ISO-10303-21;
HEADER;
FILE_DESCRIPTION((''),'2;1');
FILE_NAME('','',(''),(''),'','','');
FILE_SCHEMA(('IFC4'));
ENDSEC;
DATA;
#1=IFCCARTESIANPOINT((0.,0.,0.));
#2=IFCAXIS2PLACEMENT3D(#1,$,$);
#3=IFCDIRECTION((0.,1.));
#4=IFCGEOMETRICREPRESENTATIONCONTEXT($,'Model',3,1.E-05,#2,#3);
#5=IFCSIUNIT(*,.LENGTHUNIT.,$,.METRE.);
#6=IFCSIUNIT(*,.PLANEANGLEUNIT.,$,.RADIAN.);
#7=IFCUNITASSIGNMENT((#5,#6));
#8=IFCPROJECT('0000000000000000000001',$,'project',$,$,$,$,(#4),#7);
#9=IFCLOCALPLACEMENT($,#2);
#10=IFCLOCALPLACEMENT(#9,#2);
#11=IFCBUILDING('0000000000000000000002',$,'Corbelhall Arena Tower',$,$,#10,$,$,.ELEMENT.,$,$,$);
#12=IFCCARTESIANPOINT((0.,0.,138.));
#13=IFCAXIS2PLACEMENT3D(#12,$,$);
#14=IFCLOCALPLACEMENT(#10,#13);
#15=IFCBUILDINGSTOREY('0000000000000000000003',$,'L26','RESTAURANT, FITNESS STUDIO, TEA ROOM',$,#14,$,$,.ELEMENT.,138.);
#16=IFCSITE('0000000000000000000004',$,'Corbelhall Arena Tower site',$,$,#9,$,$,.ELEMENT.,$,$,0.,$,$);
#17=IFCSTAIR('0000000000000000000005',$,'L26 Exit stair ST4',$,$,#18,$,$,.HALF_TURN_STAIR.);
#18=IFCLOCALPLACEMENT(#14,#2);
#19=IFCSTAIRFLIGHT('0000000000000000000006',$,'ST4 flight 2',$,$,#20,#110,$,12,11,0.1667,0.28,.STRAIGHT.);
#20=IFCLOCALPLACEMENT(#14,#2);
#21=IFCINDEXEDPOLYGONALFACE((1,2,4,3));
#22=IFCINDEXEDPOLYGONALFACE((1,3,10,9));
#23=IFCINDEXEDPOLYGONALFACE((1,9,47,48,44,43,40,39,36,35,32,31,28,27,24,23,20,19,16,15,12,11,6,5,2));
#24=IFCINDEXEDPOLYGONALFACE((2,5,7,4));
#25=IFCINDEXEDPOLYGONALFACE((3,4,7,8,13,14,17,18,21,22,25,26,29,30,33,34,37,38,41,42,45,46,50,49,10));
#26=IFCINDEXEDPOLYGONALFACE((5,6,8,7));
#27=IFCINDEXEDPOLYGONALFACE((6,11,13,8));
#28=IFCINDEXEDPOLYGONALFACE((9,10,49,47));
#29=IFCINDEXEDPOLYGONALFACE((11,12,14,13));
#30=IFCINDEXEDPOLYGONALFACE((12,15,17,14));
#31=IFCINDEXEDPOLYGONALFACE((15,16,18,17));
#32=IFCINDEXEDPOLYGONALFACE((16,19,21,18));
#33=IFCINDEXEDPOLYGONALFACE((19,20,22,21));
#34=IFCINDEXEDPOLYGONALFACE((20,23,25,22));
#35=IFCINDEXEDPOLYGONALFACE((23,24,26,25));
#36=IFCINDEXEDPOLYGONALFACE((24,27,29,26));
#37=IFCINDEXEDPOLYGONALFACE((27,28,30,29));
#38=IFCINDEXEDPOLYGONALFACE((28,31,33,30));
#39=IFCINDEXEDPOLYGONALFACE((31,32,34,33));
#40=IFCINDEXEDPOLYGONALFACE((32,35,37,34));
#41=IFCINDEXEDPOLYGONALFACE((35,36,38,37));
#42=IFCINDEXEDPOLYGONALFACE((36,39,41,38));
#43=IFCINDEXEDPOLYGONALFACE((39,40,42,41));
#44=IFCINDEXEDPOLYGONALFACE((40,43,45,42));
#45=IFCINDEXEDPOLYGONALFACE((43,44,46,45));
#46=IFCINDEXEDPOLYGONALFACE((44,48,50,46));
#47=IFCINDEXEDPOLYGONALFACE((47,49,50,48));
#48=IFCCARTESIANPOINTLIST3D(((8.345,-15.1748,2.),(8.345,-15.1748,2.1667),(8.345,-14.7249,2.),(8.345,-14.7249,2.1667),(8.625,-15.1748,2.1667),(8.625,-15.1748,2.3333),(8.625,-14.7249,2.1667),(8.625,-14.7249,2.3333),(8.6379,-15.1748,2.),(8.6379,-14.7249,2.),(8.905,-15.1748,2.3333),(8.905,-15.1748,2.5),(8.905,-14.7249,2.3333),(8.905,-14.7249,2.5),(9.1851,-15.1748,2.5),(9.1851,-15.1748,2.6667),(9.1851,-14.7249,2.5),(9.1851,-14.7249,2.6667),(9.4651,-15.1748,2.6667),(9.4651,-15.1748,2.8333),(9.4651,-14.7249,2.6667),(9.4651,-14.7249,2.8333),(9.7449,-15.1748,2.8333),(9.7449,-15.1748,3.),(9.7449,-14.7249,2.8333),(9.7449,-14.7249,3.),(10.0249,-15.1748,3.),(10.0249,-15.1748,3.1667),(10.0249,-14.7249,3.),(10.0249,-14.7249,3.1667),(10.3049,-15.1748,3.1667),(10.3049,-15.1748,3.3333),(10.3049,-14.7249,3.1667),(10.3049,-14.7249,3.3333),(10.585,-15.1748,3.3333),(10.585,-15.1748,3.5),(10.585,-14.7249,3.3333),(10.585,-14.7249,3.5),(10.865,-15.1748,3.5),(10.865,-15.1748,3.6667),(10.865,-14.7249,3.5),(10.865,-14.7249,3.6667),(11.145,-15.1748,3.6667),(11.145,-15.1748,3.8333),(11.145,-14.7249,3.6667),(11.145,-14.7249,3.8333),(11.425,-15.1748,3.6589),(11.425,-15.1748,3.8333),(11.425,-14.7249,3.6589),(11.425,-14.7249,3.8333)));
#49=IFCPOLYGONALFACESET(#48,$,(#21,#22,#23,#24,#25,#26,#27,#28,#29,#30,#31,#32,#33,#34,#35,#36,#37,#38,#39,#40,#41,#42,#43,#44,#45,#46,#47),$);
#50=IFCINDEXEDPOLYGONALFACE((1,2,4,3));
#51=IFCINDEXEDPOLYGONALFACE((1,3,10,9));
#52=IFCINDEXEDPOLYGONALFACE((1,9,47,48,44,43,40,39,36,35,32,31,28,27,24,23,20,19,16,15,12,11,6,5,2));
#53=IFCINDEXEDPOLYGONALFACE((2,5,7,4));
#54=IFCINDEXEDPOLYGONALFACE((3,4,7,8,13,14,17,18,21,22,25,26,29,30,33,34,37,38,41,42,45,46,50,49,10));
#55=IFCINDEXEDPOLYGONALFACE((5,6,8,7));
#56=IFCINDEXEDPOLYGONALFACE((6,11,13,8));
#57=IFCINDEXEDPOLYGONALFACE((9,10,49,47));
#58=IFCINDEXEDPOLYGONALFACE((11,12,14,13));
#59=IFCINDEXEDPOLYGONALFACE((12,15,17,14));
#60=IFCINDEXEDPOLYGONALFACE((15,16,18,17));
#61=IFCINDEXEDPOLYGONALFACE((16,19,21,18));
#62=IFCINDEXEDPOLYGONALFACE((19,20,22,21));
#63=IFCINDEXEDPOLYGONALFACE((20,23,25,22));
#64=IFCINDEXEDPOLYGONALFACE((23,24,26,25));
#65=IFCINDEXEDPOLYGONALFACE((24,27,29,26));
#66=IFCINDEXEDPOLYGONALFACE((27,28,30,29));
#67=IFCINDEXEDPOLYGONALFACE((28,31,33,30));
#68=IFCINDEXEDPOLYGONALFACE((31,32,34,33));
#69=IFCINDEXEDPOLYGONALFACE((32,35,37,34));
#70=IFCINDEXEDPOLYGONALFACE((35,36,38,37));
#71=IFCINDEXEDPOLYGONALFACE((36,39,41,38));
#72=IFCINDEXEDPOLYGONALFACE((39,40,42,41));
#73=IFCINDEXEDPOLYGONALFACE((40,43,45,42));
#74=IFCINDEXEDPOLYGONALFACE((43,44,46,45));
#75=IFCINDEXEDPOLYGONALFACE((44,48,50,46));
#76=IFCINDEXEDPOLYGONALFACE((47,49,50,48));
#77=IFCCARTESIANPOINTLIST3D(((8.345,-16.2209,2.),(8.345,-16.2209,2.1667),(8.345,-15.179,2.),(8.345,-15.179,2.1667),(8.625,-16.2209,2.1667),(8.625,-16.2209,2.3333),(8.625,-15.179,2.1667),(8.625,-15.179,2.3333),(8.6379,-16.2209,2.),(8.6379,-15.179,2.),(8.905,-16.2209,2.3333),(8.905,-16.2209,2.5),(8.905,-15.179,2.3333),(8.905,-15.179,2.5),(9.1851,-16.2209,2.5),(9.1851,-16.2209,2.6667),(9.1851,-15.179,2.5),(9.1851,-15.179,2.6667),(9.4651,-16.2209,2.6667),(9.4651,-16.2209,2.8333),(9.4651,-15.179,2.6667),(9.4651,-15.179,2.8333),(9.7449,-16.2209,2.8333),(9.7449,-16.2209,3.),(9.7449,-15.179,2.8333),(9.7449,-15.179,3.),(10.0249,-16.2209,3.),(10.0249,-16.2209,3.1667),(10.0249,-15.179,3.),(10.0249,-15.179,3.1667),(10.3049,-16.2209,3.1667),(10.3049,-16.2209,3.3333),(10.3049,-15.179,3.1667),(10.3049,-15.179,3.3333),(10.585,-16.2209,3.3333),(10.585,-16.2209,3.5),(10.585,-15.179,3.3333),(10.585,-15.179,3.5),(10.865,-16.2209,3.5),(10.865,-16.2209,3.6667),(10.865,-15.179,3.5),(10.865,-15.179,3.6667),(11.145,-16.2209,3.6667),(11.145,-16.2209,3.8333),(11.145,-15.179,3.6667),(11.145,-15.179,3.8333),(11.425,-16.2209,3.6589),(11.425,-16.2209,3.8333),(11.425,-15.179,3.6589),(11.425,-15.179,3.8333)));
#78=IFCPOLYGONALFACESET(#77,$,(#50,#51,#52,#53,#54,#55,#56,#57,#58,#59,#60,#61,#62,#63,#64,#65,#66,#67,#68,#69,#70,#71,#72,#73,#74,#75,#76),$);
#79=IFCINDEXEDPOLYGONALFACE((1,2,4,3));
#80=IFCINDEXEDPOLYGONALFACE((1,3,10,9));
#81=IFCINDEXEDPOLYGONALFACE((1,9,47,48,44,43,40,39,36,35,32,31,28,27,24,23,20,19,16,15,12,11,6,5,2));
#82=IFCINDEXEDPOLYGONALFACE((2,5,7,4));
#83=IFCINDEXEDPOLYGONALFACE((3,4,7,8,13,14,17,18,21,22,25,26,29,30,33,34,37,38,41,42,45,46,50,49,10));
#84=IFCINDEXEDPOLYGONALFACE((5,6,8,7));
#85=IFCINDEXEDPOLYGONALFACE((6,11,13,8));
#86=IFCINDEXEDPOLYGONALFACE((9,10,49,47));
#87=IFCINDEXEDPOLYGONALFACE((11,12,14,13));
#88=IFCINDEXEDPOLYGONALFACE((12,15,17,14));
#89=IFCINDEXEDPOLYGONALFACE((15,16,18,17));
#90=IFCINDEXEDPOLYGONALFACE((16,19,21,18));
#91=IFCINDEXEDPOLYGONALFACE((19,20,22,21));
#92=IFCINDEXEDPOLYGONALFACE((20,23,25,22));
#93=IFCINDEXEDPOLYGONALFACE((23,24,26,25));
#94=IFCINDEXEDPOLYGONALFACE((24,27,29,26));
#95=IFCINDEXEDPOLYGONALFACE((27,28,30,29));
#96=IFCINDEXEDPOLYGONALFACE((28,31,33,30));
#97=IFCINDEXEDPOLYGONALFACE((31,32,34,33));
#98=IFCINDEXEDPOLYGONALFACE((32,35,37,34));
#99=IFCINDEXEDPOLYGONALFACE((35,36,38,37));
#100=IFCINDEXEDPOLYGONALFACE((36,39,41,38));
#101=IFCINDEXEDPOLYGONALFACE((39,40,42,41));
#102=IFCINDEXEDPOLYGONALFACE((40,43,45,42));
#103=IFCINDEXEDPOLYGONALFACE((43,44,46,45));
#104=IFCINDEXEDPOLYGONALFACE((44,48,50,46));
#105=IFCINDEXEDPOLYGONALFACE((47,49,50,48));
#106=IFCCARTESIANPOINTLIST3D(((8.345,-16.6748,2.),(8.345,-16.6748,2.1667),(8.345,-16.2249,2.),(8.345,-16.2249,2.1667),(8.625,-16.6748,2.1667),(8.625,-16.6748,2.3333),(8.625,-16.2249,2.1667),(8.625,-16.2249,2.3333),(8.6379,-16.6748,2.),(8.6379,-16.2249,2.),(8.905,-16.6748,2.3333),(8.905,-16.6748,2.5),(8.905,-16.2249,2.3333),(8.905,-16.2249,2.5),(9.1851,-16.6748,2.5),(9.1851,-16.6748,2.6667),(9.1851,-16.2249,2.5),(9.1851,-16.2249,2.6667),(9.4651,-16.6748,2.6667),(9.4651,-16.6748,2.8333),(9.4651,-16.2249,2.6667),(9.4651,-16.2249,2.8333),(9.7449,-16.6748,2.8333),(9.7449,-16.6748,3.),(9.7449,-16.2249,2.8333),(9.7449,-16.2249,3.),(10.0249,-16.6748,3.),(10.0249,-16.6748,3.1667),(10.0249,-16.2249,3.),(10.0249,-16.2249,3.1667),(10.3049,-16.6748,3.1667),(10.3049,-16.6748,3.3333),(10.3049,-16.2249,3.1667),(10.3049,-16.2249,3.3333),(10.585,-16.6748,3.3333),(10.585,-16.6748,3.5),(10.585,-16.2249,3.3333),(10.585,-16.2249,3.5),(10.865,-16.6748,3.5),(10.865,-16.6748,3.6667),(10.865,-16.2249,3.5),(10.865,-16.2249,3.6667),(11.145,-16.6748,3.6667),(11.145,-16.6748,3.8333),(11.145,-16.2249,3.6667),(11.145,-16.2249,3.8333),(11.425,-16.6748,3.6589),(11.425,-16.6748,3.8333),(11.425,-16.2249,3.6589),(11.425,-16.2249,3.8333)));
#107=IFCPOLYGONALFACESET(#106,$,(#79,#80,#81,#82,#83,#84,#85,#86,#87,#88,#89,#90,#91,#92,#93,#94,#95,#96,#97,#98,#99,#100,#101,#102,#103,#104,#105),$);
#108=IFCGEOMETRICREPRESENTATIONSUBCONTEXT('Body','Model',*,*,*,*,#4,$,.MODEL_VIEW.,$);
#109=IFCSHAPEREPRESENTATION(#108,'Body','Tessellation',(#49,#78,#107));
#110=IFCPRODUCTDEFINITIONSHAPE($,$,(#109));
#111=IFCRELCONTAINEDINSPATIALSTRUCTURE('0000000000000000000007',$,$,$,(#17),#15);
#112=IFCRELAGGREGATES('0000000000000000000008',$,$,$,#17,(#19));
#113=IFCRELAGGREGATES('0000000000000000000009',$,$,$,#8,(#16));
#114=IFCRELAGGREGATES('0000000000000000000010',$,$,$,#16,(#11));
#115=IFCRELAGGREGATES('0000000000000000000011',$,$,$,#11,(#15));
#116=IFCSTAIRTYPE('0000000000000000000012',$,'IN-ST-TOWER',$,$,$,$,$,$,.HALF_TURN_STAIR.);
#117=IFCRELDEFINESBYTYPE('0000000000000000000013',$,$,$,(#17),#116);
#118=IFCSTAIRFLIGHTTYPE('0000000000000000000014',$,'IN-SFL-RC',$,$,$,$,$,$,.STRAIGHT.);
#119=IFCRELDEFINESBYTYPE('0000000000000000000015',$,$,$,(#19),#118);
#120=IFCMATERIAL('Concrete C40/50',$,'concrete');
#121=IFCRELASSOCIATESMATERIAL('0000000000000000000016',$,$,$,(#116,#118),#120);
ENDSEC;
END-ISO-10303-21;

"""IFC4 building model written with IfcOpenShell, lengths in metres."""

from ifc_helpers import new_model, si_unit, direction, frame, origin, place, context, subcontext, project, spatial, polyline, outline, extrude, material, type_object, element, aggregate, save


model = new_model("IFC4")

# Units and contexts
model_context = context("Model", 3, precision=1e-05, world=origin(), true_north=direction((0.0, 1.0)))
body_context = subcontext(model_context, "Body", "Model", "MODEL_VIEW")
ifc_project = project(units=[si_unit("LENGTHUNIT", "METRE"), si_unit("PLANEANGLEUNIT", "RADIAN")], contexts=[model_context])

# Site, building, storey
site_placement = place(None, origin())
site = spatial("IfcSite", under=ifc_project, at=site_placement, Name="Corbelhall Arena Tower site", CompositionType="ELEMENT", RefElevation=0.0)
building_placement = place(site_placement, origin())
building = spatial("IfcBuilding", under=site, at=building_placement, Name="Corbelhall Arena Tower", CompositionType="ELEMENT")
storey_placement = place(building_placement, frame((0.0, 0.0, 138.0)))
storey = spatial("IfcBuildingStorey", under=building, at=storey_placement, Name="L26", Description="RESTAURANT, FITNESS STUDIO, TEA ROOM", CompositionType="ELEMENT", Elevation=138.0)

# Shared definitions
ifc_material_1 = material(Name="Concrete C40/50", Category="concrete")

# Stair, stair flight
stair_type = type_object("IfcStairType", Name="IN-ST-TOWER", PredefinedType="HALF_TURN_STAIR", material=ifc_material_1)
stair_placement = place(storey_placement, origin())
stair = element("IfcStair", 1, at=stair_placement, inside=storey, type_object=stair_type, Name="L26 Exit stair ST4", PredefinedType="HALF_TURN_STAIR")
stair_flight_type = type_object("IfcStairFlightType", Name="IN-SFL-RC", PredefinedType="STRAIGHT", material=ifc_material_1)
stair_flight_placement = place(storey_placement, frame((8.345, -15.7, 2.0), z_axis=(0.0, 0.0, 1.0), x_axis=(1.0, 0.0, 0.0)))
stair_flight = element("IfcStairFlight", 2, at=stair_flight_placement, type_object=stair_flight_type, Name="ST4 flight 2", NumberOfRisers=12, NumberOfTreads=11, PredefinedType="STRAIGHT", RiserHeight=0.1667, TreadLength=0.28, context=body_context, shape_type="SweptSolid", body=[
    extrude(outline(polyline([(0.0, 0.0), (0.0, 0.1667), (0.28, 0.1667), (0.28, 0.3333), (0.5601, 0.3333), (0.5601, 0.5), (0.8401, 0.5), (0.8401, 0.6667), (1.1201, 0.6667), (1.1201, 0.8333), (1.3999, 0.8333), (1.3999, 1.0), (1.6799, 1.0), (1.6799, 1.1667), (1.96, 1.1667), (1.96, 1.3333), (2.24, 1.3333), (2.24, 1.5), (2.52, 1.5), (2.52, 1.6667), (2.8, 1.6667), (2.8, 1.8333), (3.0801, 1.8333), (3.0801, 2.0), (3.0801, 1.6589), (0.293, 0.0), (0.0, 0.0)])), frame((0.0, 0.9751, 0.0), z_axis=(0.0, -1.0, 0.0), x_axis=(1.0, 0.0, 0.0)), (0.0, 0.0, 1.0), 0.45),
    extrude(outline(polyline([(0.0, 0.0), (0.0, 0.1667), (0.28, 0.1667), (0.28, 0.3333), (0.5601, 0.3333), (0.5601, 0.5), (0.8401, 0.5), (0.8401, 0.6667), (1.1201, 0.6667), (1.1201, 0.8333), (1.3999, 0.8333), (1.3999, 1.0), (1.6799, 1.0), (1.6799, 1.1667), (1.96, 1.1667), (1.96, 1.3333), (2.24, 1.3333), (2.24, 1.5), (2.52, 1.5), (2.52, 1.6667), (2.8, 1.6667), (2.8, 1.8333), (3.0801, 1.8333), (3.0801, 2.0), (3.0801, 1.6589), (0.293, 0.0), (0.0, 0.0)])), frame((0.0, 0.521, 0.0), z_axis=(0.0, -1.0, 0.0), x_axis=(1.0, 0.0, 0.0)), (0.0, 0.0, 1.0), 1.042),
    extrude(outline(polyline([(0.0, 0.0), (0.0, 0.1667), (0.28, 0.1667), (0.28, 0.3333), (0.5601, 0.3333), (0.5601, 0.5), (0.8401, 0.5), (0.8401, 0.6667), (1.1201, 0.6667), (1.1201, 0.8333), (1.3999, 0.8333), (1.3999, 1.0), (1.6799, 1.0), (1.6799, 1.1667), (1.96, 1.1667), (1.96, 1.3333), (2.24, 1.3333), (2.24, 1.5), (2.52, 1.5), (2.52, 1.6667), (2.8, 1.6667), (2.8, 1.8333), (3.0801, 1.8333), (3.0801, 2.0), (3.0801, 1.6589), (0.293, 0.0), (0.0, 0.0)])), frame((0.0, -0.5249, 0.0), z_axis=(0.0, -1.0, 0.0), x_axis=(1.0, 0.0, 0.0)), (0.0, 0.0, 1.0), 0.45),
])
aggregate(stair, [stair_flight])

save(model, "model.ifc")
